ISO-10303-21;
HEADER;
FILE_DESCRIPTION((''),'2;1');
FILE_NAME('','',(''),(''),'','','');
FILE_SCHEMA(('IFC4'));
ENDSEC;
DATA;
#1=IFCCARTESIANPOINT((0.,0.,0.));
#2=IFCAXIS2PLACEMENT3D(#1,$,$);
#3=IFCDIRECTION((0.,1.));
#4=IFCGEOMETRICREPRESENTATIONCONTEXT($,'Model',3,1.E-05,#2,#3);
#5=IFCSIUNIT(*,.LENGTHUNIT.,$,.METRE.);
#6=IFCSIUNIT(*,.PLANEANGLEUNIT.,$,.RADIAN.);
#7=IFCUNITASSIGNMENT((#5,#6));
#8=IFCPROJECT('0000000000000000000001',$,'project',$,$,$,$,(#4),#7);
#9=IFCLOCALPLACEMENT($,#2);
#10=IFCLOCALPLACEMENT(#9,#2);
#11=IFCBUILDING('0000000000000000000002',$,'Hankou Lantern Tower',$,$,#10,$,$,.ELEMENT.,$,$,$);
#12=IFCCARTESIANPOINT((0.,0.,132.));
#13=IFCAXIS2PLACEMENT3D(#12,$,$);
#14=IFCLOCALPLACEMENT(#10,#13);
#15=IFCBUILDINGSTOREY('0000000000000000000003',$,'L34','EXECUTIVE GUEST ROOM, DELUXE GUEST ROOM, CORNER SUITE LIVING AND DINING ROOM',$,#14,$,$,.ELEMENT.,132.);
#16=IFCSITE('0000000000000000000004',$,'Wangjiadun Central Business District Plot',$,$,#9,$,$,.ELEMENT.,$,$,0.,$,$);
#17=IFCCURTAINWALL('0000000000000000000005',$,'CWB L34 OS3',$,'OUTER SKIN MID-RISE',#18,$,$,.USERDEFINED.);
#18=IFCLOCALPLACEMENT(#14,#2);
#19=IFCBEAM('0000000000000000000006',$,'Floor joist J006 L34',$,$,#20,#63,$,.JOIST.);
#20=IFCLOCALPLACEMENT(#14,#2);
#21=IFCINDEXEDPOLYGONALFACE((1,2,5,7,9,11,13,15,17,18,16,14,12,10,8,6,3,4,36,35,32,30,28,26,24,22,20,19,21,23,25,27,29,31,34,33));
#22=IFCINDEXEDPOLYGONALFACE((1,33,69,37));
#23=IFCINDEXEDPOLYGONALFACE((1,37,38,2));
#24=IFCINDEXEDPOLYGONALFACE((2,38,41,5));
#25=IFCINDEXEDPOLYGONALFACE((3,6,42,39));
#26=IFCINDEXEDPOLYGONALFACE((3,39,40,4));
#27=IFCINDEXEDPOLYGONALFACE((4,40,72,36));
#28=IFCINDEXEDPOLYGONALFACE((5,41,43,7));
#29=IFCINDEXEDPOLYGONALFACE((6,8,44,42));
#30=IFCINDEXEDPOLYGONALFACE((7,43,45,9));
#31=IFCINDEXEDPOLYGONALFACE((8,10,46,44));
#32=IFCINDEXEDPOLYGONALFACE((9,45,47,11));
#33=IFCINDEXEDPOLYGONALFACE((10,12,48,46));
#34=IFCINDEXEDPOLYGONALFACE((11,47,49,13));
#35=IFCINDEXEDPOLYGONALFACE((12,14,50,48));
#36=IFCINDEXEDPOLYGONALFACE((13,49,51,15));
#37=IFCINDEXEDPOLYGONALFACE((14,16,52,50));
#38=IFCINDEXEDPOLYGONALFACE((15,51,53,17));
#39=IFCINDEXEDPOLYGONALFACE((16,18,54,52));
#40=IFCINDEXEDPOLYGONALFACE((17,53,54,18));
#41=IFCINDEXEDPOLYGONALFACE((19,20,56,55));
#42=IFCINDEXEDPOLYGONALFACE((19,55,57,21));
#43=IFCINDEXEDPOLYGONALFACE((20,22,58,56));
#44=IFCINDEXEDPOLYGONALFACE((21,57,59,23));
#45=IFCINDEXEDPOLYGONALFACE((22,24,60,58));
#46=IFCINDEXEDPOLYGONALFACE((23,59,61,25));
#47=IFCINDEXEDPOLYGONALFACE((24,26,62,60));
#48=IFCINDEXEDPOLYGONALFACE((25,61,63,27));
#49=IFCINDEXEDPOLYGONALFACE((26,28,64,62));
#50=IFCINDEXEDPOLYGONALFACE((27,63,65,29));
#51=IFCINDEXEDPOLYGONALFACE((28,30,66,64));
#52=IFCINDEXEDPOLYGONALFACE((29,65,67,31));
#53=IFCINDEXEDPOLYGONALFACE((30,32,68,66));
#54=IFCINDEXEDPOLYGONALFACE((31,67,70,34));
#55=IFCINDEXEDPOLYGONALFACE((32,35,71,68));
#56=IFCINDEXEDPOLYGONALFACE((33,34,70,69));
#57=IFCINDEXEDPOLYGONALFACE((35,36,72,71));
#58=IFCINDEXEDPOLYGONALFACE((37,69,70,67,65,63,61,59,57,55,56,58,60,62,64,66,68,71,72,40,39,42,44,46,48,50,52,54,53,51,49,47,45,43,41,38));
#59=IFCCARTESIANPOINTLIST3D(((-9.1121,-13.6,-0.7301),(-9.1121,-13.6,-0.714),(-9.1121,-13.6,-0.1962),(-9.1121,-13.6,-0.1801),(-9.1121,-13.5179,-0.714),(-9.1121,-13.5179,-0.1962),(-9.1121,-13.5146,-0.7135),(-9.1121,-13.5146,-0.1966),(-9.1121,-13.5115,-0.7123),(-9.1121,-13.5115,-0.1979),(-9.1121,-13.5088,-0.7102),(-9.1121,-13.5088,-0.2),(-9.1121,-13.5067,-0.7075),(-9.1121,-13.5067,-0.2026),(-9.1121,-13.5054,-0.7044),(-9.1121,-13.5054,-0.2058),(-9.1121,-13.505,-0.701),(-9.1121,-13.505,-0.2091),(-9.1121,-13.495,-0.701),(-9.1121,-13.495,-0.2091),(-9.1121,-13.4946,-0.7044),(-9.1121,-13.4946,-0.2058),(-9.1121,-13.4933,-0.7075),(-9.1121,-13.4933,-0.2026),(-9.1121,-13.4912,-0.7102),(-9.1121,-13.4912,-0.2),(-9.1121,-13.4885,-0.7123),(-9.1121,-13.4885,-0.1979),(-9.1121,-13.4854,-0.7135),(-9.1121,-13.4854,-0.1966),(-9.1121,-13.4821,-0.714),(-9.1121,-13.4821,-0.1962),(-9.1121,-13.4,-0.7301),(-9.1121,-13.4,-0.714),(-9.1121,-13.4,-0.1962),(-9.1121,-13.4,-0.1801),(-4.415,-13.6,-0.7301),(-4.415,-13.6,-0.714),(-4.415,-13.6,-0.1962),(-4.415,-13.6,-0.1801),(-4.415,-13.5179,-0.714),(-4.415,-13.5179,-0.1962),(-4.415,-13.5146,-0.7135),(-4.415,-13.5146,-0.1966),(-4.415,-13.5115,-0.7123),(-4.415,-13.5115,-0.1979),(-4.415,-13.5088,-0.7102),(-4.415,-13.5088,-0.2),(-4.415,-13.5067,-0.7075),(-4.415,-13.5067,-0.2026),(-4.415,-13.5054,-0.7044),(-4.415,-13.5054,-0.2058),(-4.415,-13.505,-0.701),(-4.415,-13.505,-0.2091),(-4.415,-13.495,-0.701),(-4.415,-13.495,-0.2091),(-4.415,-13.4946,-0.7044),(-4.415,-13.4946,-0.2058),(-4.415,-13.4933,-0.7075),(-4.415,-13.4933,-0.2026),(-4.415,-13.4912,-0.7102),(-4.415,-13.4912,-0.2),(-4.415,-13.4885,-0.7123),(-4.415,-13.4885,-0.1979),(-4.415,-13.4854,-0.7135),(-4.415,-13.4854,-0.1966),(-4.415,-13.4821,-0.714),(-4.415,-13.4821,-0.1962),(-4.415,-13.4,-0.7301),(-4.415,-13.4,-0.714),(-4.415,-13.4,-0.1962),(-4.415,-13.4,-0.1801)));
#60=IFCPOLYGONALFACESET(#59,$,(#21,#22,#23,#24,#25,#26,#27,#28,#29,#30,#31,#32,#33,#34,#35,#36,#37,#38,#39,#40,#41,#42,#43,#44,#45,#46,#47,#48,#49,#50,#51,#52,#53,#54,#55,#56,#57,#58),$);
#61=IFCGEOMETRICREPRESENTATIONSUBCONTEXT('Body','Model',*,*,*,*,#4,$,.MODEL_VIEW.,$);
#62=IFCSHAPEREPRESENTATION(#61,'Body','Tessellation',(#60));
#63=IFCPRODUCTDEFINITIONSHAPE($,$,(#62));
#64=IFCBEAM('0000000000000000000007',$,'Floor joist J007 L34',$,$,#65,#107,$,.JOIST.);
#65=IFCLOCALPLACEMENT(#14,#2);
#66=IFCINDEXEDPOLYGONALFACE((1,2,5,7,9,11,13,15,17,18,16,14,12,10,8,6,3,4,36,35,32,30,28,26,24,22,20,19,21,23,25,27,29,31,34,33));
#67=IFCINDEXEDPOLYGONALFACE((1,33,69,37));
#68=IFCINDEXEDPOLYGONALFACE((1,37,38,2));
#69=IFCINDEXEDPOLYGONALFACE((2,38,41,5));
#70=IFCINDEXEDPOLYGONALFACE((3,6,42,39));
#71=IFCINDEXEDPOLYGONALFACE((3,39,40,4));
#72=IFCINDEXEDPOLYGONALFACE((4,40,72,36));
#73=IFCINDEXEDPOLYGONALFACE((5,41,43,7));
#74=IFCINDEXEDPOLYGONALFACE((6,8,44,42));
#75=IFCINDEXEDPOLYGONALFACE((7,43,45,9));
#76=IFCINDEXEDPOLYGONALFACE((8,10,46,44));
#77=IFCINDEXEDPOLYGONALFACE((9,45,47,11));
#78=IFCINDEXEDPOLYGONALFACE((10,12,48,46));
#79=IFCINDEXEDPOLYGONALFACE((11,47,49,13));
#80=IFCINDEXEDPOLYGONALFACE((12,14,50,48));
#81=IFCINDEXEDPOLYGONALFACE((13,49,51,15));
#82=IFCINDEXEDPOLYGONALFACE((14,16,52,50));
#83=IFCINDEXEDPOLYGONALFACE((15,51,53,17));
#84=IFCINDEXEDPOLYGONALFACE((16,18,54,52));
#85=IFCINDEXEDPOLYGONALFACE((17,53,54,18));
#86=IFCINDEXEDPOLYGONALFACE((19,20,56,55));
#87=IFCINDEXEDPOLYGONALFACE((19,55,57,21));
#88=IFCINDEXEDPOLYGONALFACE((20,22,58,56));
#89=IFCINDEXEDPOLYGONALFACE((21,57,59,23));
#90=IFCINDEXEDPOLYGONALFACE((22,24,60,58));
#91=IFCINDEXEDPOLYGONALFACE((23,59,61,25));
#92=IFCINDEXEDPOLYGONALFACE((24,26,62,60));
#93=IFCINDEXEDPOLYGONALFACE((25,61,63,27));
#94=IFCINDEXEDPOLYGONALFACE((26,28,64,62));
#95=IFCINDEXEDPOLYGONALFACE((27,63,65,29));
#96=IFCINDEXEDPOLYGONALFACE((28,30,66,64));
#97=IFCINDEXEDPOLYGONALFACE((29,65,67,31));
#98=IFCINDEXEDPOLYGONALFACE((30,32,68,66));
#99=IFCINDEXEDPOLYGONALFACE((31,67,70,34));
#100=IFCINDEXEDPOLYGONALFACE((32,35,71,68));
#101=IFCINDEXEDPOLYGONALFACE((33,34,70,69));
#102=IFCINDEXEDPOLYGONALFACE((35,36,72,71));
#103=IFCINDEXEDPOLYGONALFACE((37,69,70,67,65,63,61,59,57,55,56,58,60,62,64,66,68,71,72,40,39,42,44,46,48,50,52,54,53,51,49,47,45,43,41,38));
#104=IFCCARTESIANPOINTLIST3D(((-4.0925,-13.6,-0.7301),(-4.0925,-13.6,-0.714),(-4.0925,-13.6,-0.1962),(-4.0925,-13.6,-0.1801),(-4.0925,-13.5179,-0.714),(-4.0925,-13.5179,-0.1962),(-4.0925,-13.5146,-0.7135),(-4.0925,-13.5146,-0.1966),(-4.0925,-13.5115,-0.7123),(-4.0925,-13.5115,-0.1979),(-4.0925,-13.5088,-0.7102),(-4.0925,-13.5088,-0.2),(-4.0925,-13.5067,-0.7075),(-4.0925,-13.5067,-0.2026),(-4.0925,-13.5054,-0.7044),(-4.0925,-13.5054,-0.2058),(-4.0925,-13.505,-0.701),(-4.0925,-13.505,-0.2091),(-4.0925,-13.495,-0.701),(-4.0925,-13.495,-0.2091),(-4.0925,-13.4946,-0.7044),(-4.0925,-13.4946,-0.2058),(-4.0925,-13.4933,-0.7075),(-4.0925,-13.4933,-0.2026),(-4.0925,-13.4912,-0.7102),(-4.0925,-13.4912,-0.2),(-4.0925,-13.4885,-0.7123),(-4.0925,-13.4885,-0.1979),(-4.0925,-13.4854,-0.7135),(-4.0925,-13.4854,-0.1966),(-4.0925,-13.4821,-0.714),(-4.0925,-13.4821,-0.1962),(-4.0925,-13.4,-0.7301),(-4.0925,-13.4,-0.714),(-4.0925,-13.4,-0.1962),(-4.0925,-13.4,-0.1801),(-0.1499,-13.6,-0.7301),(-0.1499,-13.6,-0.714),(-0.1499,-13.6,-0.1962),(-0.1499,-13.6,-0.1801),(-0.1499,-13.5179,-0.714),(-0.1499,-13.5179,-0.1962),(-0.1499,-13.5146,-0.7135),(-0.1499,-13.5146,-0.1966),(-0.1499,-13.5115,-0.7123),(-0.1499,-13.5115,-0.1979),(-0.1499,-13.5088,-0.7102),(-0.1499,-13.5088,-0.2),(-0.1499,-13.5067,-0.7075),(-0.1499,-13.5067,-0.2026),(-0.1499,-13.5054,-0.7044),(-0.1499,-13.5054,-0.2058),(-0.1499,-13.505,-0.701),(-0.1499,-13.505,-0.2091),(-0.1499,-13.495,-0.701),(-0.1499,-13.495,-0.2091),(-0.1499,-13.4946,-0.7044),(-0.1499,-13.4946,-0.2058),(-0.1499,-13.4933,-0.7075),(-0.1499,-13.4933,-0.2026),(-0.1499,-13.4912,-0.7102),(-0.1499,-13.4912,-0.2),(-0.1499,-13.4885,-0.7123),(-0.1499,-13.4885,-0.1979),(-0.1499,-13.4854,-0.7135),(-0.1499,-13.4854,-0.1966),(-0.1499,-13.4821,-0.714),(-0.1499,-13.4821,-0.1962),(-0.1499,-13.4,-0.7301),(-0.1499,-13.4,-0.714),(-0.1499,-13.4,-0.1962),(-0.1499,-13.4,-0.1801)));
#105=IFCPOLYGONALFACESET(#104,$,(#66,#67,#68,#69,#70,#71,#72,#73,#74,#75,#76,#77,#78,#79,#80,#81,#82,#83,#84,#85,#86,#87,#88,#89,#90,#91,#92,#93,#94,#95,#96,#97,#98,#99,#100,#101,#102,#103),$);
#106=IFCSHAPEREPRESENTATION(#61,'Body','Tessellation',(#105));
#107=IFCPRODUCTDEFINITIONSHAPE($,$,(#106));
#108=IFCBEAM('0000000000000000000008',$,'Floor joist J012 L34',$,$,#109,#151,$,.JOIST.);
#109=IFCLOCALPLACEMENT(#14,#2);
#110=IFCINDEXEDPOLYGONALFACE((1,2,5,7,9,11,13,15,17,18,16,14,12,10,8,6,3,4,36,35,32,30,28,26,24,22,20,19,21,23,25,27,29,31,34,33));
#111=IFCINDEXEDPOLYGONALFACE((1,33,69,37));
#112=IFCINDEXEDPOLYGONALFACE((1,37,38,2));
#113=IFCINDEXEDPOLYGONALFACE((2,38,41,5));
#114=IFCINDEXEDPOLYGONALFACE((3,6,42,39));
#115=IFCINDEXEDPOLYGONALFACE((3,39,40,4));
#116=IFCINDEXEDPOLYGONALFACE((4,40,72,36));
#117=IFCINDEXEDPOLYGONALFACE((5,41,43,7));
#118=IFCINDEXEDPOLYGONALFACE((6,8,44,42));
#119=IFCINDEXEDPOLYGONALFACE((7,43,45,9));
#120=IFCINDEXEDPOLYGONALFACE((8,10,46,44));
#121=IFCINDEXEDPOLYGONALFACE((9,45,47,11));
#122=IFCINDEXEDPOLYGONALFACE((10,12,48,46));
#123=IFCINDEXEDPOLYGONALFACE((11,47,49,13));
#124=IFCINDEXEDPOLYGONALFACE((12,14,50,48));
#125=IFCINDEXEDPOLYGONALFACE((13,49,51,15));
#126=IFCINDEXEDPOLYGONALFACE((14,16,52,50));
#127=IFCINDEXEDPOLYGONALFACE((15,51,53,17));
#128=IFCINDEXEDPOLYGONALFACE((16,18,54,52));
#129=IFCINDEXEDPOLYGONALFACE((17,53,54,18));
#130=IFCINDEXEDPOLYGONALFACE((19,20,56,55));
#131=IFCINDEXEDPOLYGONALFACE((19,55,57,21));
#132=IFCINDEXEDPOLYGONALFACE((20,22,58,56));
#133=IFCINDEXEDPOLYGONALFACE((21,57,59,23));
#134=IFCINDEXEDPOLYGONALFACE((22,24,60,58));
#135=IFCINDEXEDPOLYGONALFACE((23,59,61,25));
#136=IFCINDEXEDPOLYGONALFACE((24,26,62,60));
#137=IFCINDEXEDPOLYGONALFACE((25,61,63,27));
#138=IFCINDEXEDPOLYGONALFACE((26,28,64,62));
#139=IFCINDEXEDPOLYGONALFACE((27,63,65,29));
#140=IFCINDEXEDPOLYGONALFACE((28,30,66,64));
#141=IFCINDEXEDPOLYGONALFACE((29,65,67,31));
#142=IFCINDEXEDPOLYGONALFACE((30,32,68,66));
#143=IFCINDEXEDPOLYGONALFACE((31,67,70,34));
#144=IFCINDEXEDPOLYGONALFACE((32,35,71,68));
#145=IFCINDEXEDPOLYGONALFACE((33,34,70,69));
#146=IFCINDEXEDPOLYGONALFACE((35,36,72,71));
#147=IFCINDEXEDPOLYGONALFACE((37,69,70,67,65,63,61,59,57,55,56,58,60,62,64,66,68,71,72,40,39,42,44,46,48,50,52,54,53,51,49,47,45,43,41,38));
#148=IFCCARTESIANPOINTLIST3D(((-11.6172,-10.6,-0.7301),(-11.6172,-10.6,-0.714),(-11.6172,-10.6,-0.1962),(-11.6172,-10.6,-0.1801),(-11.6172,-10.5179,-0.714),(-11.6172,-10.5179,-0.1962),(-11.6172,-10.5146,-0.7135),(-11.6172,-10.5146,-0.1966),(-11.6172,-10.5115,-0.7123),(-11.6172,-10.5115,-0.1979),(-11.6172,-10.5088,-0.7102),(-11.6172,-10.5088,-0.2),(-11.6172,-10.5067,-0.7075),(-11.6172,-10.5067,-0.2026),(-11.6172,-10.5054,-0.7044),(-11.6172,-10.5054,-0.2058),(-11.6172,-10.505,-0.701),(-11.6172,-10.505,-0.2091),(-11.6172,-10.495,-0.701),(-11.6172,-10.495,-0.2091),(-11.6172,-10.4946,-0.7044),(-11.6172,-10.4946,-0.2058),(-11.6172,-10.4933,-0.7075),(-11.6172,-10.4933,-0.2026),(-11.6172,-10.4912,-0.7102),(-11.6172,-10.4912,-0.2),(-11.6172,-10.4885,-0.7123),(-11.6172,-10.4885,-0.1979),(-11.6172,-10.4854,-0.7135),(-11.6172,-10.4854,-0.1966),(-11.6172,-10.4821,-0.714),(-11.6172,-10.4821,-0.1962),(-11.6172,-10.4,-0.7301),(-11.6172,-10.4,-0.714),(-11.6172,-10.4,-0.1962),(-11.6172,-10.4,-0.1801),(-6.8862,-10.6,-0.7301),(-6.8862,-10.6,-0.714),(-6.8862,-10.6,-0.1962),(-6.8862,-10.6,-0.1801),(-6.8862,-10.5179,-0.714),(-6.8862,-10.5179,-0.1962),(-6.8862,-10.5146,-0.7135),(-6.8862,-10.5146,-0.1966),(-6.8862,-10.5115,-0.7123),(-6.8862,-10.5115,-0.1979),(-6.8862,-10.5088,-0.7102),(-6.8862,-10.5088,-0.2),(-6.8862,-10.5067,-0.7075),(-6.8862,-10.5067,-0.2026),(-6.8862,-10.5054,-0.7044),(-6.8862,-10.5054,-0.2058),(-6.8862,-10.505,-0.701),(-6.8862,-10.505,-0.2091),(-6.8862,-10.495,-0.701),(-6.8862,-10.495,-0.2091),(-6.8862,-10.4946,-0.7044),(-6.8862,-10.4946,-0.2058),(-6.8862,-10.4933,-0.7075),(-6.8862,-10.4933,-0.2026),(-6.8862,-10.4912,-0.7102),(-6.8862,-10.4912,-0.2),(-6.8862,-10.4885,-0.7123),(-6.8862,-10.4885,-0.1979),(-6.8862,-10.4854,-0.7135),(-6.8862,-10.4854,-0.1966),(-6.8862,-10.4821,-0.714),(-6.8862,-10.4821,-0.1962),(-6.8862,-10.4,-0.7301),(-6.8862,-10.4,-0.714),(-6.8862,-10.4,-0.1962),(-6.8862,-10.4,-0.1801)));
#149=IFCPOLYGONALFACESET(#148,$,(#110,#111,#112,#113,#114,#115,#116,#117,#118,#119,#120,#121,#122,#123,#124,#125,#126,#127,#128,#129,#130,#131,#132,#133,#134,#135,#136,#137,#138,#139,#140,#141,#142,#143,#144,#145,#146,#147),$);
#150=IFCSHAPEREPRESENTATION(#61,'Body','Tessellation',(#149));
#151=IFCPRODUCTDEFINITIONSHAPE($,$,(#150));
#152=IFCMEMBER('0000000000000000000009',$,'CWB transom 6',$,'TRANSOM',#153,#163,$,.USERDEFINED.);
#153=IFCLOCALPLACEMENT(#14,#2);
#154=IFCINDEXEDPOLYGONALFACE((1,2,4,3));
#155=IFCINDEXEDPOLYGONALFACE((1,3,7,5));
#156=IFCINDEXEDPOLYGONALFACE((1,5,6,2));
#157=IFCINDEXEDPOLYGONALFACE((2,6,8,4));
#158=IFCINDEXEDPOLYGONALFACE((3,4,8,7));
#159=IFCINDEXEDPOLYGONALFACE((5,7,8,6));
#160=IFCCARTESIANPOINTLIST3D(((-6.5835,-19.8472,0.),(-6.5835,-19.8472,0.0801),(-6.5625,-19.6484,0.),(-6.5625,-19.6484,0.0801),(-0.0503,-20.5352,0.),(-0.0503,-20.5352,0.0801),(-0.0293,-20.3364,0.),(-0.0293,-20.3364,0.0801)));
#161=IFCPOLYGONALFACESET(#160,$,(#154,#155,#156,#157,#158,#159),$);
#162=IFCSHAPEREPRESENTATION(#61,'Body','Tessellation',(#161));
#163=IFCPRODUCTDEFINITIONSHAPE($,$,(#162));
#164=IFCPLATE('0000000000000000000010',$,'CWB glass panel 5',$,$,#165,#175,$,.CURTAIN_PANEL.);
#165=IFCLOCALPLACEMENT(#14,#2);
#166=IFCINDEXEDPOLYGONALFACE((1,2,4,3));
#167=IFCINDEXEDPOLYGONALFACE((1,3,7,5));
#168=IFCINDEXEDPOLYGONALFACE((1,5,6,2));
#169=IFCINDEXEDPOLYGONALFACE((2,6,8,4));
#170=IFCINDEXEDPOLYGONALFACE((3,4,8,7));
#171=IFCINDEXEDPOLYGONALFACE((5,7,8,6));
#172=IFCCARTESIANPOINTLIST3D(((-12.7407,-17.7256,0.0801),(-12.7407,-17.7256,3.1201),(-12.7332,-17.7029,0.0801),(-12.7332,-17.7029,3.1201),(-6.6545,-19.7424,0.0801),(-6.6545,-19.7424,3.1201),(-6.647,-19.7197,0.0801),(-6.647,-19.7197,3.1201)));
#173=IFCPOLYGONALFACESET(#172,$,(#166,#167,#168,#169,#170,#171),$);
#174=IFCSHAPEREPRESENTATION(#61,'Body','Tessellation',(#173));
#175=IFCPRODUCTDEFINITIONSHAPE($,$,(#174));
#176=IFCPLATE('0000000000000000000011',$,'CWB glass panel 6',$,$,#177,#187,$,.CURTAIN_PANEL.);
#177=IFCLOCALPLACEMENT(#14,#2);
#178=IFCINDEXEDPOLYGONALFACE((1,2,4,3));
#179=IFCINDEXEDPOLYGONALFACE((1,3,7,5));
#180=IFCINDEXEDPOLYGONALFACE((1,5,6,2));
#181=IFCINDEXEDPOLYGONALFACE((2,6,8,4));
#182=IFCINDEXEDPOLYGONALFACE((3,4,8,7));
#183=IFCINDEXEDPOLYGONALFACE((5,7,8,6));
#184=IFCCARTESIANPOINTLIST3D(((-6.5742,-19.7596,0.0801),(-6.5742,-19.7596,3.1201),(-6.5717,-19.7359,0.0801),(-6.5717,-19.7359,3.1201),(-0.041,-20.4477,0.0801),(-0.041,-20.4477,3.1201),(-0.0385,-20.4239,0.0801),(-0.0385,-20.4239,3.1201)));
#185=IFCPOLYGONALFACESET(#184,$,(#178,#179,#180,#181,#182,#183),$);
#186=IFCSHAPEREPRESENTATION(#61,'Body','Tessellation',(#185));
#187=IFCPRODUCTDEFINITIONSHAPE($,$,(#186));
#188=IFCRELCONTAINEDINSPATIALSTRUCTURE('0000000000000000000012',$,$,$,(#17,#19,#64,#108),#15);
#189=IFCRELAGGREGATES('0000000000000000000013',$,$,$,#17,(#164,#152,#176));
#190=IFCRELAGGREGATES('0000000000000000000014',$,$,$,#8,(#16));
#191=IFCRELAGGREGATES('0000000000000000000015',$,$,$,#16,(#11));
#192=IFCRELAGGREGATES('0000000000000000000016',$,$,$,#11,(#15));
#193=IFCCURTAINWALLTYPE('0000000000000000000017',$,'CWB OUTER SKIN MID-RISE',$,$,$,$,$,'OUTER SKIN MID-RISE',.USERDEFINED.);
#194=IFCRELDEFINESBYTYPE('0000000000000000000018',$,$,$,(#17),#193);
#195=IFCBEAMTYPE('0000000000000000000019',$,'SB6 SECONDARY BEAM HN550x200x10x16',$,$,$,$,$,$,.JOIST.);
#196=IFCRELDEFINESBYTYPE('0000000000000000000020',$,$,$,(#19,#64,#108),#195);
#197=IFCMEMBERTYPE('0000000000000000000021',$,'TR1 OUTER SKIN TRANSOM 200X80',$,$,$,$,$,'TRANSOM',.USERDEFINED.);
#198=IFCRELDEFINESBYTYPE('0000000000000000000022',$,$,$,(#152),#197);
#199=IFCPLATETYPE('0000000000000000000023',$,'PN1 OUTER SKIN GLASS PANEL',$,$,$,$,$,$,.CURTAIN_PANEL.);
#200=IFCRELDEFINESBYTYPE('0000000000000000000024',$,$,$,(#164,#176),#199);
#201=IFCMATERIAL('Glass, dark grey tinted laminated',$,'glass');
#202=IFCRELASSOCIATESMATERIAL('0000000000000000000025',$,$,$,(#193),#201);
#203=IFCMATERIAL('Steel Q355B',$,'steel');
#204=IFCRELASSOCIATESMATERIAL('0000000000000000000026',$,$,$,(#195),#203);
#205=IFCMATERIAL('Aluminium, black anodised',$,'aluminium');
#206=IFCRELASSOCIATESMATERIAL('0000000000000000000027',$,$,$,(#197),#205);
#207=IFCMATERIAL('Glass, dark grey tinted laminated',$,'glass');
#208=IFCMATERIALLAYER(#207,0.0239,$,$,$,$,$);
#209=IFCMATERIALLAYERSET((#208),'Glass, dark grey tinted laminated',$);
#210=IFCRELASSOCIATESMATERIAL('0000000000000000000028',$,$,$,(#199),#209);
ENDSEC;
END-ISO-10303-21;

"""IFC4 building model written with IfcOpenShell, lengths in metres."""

from ifc_helpers import new_model, si_unit, direction, frame, origin, origin_2d, place, context, subcontext, project, spatial, rectangle, i_section, extrude, material, layer, layer_set, material_profile, profile_set, type_object, element, aggregate, save


model = new_model("IFC4")

# Units and contexts
model_context = context("Model", 3, precision=1e-05, world=origin(), true_north=direction((0.0, 1.0)))
body_context = subcontext(model_context, "Body", "Model", "MODEL_VIEW")
ifc_project = project(units=[si_unit("LENGTHUNIT", "METRE"), si_unit("PLANEANGLEUNIT", "RADIAN")], contexts=[model_context])

# Site, building, storey
site_placement = place(None, origin())
site = spatial("IfcSite", under=ifc_project, at=site_placement, Name="Wangjiadun Central Business District Plot", CompositionType="ELEMENT", RefElevation=0.0)
building_placement = place(site_placement, origin())
building = spatial("IfcBuilding", under=site, at=building_placement, Name="Hankou Lantern Tower", CompositionType="ELEMENT")
storey_placement = place(building_placement, frame((0.0, 0.0, 132.0)))
storey = spatial("IfcBuildingStorey", under=building, at=storey_placement, Name="L34", Description="EXECUTIVE GUEST ROOM, DELUXE GUEST ROOM, CORNER SUITE LIVING AND DINING ROOM", CompositionType="ELEMENT", Elevation=132.0)

# Curtain wall
ifc_material_1 = material(Name="Glass, dark grey tinted laminated", Category="glass")
curtain_wall_type = type_object("IfcCurtainWallType", Name="CWB OUTER SKIN MID-RISE", ElementType="OUTER SKIN MID-RISE", PredefinedType="USERDEFINED", material=ifc_material_1)
curtain_wall_placement = place(storey_placement, origin())
curtain_wall = element("IfcCurtainWall", 1, at=curtain_wall_placement, inside=storey, type_object=curtain_wall_type, Name="CWB L34 OS3", ObjectType="OUTER SKIN MID-RISE", PredefinedType="USERDEFINED")

# Beams
ifc_material_2 = material(Name="Steel Q355B", Category="steel")
ifc_material_profile_1 = material_profile(ifc_material_2, i_section(OverallWidth=0.2, OverallDepth=0.55, WebThickness=0.01, FlangeThickness=0.0161, FilletRadius=0.0129, at=origin_2d()), Name="HN550x200x10x16")
ifc_profile_set_1 = profile_set([ifc_material_profile_1], Name="Steel Q355B")
beam_type_1 = type_object("IfcBeamType", Name="SB6 SECONDARY BEAM HN550x200x10x16", PredefinedType="JOIST", material=ifc_profile_set_1)
beam_1_placement = place(storey_placement, frame((-9.1121, -13.5, -0.4551), z_axis=(1.0, 0.0, 0.0), x_axis=(0.0, 1.0, 0.0)))
element("IfcBeam", 2, at=beam_1_placement, inside=storey, type_object=beam_type_1, Name="Floor joist J006 L34", PredefinedType="JOIST", context=body_context, shape_type="SweptSolid", body=[
    extrude(i_section(OverallWidth=0.2, OverallDepth=0.55, WebThickness=0.01, FlangeThickness=0.0161, FilletRadius=0.0129, at=origin_2d()), origin(), (0.0, 0.0, 1.0), 4.697),
])
beam_2_placement = place(storey_placement, frame((-4.0925, -13.5, -0.4551), z_axis=(1.0, 0.0, 0.0), x_axis=(0.0, 1.0, 0.0)))
element("IfcBeam", 3, at=beam_2_placement, inside=storey, type_object=beam_type_1, Name="Floor joist J007 L34", PredefinedType="JOIST", context=body_context, shape_type="SweptSolid", body=[
    extrude(i_section(OverallWidth=0.2, OverallDepth=0.55, WebThickness=0.01, FlangeThickness=0.0161, FilletRadius=0.0129, at=origin_2d()), origin(), (0.0, 0.0, 1.0), 3.9426),
])
beam_3_placement = place(storey_placement, frame((-11.6172, -10.5, -0.4551), z_axis=(1.0, 0.0, 0.0), x_axis=(0.0, 1.0, 0.0)))
element("IfcBeam", 4, at=beam_3_placement, inside=storey, type_object=beam_type_1, Name="Floor joist J012 L34", PredefinedType="JOIST", context=body_context, shape_type="SweptSolid", body=[
    extrude(i_section(OverallWidth=0.2, OverallDepth=0.55, WebThickness=0.01, FlangeThickness=0.0161, FilletRadius=0.0129, at=origin_2d()), origin(), (0.0, 0.0, 1.0), 4.731),
])

# Member
ifc_material_3 = material(Name="Aluminium, black anodised", Category="aluminium")
ifc_material_profile_2 = material_profile(ifc_material_3, rectangle(XDim=0.2, YDim=0.0801, at=origin_2d()), Name="TR1 200X80")
ifc_profile_set_2 = profile_set([ifc_material_profile_2], Name="Aluminium, black anodised")
member_type_1 = type_object("IfcMemberType", Name="TR1 OUTER SKIN TRANSOM 200X80", ElementType="TRANSOM", PredefinedType="USERDEFINED", material=ifc_profile_set_2)
member_1_placement = place(storey_placement, frame((-6.573, -19.7478, 0.04), z_axis=(0.994501, -0.104727, 0.0), x_axis=(0.104727, 0.994501, 0.0)))
member_1 = element("IfcMember", 5, at=member_1_placement, type_object=member_type_1, Name="CWB transom 6", ObjectType="TRANSOM", PredefinedType="USERDEFINED", context=body_context, shape_type="SweptSolid", body=[
    extrude(rectangle(XDim=0.2, YDim=0.0801, at=origin_2d()), origin(), (0.0, 0.0, 1.0), 6.5693),
])

# Plates
ifc_material_4 = material(Name="Glass, dark grey tinted laminated", Category="glass")
ifc_layer_1 = layer(ifc_material_4, 0.0239)
ifc_layer_set_1 = layer_set([ifc_layer_1], Name="Glass, dark grey tinted laminated")
plate_type = type_object("IfcPlateType", Name="PN1 OUTER SKIN GLASS PANEL", PredefinedType="CURTAIN_PANEL", material=ifc_layer_set_1)
plate_1_placement = place(storey_placement, frame((-9.6938, -18.7227, 0.0801), z_axis=(0.0, 0.0, 1.0), x_axis=(0.949241, -0.314551, 0.0)))
plate_1 = element("IfcPlate", 6, at=plate_1_placement, type_object=plate_type, Name="CWB glass panel 5", PredefinedType="CURTAIN_PANEL", context=body_context, shape_type="SweptSolid", body=[
    extrude(rectangle(XDim=6.4116, YDim=0.0239, at=origin_2d()), origin(), (0.0, 0.0, 1.0), 3.04),
])
plate_2_placement = place(storey_placement, frame((-3.3064, -20.0918, 0.0801), z_axis=(0.0, 0.0, 1.0), x_axis=(0.994499, -0.104743, 0.0)))
plate_2 = element("IfcPlate", 7, at=plate_2_placement, type_object=plate_type, Name="CWB glass panel 6", PredefinedType="CURTAIN_PANEL", context=body_context, shape_type="SweptSolid", body=[
    extrude(rectangle(XDim=6.5693, YDim=0.0239, at=origin_2d()), origin(), (0.0, 0.0, 1.0), 3.04),
])
aggregate(curtain_wall, [plate_1, member_1, plate_2])

save(model, "model.ifc")
